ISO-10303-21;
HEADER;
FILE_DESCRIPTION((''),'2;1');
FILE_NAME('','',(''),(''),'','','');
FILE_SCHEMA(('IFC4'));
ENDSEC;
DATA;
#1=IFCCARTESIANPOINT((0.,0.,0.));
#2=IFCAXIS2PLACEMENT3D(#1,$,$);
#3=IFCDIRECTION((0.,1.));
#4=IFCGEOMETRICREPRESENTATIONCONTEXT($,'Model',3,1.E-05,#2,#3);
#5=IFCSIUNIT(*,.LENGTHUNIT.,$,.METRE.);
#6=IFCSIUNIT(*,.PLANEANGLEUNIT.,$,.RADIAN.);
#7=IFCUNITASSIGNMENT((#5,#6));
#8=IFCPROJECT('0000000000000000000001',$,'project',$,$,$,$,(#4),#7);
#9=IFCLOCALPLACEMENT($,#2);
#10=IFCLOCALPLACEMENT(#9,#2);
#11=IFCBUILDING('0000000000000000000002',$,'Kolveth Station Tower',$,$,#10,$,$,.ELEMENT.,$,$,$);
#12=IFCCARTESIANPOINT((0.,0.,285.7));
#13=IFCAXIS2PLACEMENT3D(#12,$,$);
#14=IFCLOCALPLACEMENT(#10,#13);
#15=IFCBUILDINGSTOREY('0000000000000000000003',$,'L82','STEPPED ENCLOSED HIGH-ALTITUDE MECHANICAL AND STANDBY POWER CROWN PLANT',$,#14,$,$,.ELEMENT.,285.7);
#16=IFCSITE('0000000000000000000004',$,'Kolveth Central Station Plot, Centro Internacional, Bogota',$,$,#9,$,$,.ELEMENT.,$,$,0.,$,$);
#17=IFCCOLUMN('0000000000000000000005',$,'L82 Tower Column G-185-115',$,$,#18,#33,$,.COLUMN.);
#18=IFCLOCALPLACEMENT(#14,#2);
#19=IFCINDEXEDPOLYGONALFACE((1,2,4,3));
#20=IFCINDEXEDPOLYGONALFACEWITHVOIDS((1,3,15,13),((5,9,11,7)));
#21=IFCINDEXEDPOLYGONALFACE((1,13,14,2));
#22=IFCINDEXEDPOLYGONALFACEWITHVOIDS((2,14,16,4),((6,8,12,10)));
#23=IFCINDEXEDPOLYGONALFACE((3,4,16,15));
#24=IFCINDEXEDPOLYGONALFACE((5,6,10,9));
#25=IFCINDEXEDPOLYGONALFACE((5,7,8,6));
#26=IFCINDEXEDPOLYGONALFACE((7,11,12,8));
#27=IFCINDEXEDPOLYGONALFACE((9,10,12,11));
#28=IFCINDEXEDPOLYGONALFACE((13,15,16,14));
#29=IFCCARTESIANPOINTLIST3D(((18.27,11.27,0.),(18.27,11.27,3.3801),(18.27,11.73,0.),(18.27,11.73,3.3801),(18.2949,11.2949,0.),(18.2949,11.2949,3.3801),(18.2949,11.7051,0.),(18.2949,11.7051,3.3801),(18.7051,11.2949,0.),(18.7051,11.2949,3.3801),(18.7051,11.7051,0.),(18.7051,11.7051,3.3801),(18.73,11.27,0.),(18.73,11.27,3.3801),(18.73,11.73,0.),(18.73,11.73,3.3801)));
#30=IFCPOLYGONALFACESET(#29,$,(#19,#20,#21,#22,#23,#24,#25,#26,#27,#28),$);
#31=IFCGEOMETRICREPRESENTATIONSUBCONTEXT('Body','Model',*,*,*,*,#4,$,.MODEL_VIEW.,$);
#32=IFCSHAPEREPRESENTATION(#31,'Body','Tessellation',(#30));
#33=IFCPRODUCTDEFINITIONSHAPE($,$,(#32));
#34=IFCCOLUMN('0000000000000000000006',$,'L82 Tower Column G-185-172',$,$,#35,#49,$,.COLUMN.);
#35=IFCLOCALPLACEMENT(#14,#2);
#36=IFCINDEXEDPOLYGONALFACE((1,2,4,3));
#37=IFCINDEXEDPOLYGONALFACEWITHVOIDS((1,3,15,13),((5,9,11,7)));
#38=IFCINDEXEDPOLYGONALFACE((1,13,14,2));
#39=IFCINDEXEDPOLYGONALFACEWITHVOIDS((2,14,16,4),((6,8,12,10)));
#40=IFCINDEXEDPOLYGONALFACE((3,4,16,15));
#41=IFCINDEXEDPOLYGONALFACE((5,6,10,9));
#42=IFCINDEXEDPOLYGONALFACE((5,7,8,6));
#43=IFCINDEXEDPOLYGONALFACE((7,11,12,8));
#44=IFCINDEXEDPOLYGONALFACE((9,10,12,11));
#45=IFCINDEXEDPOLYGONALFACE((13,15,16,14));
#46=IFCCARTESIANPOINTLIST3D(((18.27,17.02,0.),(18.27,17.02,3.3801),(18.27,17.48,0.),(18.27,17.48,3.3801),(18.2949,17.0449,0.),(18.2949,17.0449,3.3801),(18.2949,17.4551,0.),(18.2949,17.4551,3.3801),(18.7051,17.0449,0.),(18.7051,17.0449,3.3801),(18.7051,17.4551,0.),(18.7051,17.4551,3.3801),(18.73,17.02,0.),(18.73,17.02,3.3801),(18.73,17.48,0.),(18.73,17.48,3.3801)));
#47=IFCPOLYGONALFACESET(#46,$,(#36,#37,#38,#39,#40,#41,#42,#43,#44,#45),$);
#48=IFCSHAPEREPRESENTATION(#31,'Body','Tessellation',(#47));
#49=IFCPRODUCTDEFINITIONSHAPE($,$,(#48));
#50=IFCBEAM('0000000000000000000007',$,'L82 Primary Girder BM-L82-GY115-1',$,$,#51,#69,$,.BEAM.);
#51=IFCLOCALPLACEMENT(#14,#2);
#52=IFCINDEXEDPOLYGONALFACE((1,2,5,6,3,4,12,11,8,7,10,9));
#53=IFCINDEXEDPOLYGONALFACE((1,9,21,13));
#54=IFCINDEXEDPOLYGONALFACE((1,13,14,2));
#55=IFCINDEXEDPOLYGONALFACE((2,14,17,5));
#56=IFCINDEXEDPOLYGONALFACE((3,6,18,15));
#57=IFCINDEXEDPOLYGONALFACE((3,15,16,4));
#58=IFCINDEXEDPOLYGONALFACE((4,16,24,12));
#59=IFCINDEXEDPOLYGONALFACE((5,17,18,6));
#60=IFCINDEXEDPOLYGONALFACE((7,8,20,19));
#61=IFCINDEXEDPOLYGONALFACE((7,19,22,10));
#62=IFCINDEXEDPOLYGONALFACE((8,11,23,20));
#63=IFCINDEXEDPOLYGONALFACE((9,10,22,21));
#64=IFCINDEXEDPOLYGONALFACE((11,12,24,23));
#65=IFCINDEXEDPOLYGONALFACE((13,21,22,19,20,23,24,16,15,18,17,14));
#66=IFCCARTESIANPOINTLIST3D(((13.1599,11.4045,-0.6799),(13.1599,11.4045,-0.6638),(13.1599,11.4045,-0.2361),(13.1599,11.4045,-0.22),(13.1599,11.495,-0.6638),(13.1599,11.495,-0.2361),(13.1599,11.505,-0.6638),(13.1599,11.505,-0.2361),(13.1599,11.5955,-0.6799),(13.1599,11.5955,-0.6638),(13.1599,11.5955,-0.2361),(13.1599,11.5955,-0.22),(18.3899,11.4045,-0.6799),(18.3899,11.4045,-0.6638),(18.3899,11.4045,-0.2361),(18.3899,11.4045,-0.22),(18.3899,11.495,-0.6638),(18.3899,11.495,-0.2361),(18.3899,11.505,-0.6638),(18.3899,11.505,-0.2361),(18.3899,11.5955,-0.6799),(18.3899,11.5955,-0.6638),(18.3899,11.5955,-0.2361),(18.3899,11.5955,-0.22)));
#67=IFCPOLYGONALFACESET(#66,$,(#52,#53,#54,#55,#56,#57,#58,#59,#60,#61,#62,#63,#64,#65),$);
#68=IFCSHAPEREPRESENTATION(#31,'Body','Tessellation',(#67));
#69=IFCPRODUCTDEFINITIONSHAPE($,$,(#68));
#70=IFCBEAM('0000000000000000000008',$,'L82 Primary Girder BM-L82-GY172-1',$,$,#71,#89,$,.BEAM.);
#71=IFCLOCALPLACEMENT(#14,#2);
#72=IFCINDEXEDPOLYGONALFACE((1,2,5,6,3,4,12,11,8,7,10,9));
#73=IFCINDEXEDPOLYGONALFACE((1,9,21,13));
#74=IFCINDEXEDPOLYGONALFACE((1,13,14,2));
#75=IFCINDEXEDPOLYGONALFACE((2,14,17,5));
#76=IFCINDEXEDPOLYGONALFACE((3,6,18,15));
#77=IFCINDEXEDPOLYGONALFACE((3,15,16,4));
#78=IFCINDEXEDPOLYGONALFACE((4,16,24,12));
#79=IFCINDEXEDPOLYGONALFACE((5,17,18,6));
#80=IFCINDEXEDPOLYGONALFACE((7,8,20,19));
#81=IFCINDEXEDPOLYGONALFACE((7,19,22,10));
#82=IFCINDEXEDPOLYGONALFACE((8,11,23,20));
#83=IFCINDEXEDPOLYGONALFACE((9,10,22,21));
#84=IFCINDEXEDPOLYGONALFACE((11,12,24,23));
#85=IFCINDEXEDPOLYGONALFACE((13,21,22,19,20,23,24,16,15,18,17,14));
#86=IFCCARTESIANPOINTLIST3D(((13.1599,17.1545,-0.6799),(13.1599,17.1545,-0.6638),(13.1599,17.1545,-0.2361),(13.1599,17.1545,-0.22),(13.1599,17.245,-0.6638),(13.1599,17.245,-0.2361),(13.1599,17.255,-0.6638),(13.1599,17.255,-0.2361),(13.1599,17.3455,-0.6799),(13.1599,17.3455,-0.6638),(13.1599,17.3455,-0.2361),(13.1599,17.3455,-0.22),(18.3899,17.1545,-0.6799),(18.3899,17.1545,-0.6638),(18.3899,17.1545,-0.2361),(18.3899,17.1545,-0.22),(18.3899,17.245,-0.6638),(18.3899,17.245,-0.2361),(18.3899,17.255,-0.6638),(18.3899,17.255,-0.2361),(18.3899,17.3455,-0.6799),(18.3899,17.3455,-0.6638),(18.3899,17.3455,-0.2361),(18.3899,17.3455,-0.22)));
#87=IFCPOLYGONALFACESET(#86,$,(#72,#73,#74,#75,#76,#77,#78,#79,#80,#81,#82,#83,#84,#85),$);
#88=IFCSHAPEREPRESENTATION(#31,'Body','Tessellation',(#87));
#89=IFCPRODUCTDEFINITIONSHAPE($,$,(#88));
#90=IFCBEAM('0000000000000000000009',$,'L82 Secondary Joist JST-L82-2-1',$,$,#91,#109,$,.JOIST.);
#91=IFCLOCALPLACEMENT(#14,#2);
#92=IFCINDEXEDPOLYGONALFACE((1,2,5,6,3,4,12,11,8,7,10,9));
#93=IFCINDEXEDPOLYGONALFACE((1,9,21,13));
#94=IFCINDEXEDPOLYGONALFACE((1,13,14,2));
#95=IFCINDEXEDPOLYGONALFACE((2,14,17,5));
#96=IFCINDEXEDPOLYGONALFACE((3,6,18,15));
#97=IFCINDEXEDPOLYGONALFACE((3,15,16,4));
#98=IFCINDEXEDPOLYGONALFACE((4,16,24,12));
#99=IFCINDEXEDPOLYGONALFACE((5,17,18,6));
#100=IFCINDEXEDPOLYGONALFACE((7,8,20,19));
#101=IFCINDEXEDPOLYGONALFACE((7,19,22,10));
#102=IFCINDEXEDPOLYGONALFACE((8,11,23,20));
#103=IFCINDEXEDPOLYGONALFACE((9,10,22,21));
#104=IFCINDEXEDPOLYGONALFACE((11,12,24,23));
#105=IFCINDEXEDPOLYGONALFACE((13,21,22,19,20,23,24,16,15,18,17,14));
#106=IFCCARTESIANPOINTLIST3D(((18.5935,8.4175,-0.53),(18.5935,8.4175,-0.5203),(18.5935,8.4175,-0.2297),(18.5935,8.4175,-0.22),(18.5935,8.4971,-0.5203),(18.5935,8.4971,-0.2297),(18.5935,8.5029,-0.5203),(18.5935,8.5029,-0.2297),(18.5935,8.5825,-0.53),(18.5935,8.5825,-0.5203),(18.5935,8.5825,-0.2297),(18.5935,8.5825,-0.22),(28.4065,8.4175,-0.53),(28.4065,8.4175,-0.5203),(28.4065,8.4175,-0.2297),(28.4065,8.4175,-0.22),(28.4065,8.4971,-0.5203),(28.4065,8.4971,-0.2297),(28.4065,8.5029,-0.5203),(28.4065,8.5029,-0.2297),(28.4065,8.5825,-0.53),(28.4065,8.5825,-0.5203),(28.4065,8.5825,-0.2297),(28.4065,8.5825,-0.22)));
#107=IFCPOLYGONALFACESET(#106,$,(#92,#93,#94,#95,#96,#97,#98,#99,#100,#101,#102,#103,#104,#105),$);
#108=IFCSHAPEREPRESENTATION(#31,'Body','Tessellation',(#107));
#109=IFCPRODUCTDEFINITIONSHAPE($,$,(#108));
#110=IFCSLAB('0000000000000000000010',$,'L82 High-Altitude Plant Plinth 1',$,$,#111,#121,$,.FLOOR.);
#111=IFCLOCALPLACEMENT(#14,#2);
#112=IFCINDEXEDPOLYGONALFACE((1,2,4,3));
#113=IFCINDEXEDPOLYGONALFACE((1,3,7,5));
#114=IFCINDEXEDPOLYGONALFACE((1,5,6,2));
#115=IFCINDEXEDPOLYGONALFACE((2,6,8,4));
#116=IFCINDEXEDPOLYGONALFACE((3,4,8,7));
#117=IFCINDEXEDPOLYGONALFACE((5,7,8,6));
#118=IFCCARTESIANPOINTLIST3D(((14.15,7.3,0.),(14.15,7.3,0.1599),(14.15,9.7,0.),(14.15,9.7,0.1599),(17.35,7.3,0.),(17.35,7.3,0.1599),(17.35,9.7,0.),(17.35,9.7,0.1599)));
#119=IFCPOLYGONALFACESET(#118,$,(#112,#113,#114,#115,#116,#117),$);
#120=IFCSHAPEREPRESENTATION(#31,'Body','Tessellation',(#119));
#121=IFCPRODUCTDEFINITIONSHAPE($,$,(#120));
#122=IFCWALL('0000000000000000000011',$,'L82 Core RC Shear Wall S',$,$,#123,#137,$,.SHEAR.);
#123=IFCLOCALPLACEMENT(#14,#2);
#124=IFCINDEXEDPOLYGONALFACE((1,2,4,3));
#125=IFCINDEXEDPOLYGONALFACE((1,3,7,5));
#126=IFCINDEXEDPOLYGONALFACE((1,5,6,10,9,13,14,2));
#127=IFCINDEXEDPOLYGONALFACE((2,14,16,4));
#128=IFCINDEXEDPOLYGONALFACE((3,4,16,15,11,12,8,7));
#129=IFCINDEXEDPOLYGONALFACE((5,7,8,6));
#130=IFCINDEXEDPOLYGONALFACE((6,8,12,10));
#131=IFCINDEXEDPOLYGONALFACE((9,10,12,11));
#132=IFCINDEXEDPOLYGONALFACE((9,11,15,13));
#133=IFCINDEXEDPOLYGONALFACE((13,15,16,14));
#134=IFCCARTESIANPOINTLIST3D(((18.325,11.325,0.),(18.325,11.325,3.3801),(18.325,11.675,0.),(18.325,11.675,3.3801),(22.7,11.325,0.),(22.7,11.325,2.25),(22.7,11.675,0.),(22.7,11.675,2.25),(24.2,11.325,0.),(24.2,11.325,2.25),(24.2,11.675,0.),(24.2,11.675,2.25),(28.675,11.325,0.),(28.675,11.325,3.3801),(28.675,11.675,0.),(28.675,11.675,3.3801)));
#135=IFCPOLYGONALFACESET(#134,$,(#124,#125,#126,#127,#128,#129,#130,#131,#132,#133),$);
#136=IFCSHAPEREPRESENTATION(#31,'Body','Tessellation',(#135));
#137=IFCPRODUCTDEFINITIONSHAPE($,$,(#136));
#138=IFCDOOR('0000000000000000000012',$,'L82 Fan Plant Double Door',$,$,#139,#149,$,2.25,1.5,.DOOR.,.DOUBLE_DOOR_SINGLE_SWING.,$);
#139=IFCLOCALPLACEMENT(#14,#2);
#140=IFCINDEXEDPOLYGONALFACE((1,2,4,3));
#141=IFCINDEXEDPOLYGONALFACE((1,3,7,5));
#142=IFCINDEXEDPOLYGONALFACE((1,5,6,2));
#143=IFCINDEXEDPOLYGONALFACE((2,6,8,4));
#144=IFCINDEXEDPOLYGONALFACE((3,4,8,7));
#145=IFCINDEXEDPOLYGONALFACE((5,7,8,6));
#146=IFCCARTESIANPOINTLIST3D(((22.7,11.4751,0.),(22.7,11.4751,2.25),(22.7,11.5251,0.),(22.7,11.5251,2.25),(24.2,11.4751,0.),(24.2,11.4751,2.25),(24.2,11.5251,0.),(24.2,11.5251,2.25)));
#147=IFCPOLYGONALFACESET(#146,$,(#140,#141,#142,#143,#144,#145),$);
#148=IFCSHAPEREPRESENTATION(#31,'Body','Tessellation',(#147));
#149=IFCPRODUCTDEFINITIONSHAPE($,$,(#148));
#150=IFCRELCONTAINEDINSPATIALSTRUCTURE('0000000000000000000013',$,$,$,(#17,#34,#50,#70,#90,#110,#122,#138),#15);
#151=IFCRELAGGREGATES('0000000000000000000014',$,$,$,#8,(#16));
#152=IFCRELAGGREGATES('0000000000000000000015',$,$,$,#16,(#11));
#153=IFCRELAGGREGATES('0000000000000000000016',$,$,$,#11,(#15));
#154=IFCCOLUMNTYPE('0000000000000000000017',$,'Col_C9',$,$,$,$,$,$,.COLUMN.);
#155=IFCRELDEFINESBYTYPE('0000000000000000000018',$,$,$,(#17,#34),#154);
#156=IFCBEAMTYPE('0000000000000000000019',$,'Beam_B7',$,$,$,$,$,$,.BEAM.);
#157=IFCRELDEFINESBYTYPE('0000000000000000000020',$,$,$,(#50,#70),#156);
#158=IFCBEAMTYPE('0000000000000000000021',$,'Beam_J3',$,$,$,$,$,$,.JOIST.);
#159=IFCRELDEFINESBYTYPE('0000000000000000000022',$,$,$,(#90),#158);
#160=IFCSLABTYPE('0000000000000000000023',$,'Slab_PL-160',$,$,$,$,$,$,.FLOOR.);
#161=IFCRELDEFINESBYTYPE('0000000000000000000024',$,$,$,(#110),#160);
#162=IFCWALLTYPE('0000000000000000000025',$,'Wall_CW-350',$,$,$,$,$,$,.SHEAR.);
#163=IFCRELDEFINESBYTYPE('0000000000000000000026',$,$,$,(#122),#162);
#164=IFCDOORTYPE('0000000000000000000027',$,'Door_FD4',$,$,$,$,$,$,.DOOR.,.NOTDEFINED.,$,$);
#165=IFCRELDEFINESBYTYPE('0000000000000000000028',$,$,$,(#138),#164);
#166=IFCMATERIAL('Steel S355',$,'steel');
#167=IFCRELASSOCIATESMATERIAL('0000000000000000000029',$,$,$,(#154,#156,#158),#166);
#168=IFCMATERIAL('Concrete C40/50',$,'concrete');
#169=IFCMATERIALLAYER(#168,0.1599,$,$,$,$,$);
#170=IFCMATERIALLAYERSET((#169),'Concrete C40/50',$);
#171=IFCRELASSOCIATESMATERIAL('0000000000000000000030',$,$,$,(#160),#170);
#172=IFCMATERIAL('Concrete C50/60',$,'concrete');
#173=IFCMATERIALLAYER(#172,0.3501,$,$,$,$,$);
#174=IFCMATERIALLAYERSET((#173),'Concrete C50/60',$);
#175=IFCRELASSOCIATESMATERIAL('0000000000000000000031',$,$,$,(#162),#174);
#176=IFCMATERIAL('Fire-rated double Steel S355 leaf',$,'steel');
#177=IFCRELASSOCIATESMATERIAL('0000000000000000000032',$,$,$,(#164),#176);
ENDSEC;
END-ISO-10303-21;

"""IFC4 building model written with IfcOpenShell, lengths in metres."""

from ifc_helpers import new_model, si_unit, direction, frame, frame_2d, origin, origin_2d, place, context, subcontext, project, spatial, rectangle, hollow_rectangle, i_section, extrude, source, transform, mapped, material, layer, layer_set, material_profile, profile_set, type_object, element, fill, save


model = new_model("IFC4")

# Units and contexts
model_context = context("Model", 3, precision=1e-05, world=origin(), true_north=direction((0.0, 1.0)))
body_context = subcontext(model_context, "Body", "Model", "MODEL_VIEW")
ifc_project = project(units=[si_unit("LENGTHUNIT", "METRE"), si_unit("PLANEANGLEUNIT", "RADIAN")], contexts=[model_context])

# Site, building, storey
site_placement = place(None, origin())
site = spatial("IfcSite", under=ifc_project, at=site_placement, Name="Kolveth Central Station Plot, Centro Internacional, Bogota", CompositionType="ELEMENT", RefElevation=0.0)
building_placement = place(site_placement, origin())
building = spatial("IfcBuilding", under=site, at=building_placement, Name="Kolveth Station Tower", CompositionType="ELEMENT")
storey_placement = place(building_placement, frame((0.0, 0.0, 285.7)))
storey = spatial("IfcBuildingStorey", under=building, at=storey_placement, Name="L82", Description="STEPPED ENCLOSED HIGH-ALTITUDE MECHANICAL AND STANDBY POWER CROWN PLANT", CompositionType="ELEMENT", Elevation=285.7)

# Columns
ifc_material_1 = material(Name="Steel S355", Category="steel")
ifc_material_profile_1 = material_profile(ifc_material_1, hollow_rectangle(XDim=0.46, YDim=0.46, WallThickness=0.0249, at=origin_2d()), Name="BOX460x460x25")
ifc_profile_set_1 = profile_set([ifc_material_profile_1], Name="Steel S355")
column_type = type_object("IfcColumnType", Name="Col_C9", PredefinedType="COLUMN", material=ifc_profile_set_1)
shared_shape_1 = source(origin(), body_context, "Body", "SweptSolid", [
    extrude(hollow_rectangle(XDim=0.46, YDim=0.46, WallThickness=0.0249, at=origin_2d()), origin(), (0.0, 0.0, 1.0), 3.3801),
])
for number, where, z_axis, x_axis, name in (
    (1, (18.5, 11.5, 0.0), (0.0, 0.0, 1.0), (1.0, 0.0, 0.0), "L82 Tower Column G-185-115"),
    (2, (18.5, 17.25, 0.0), (0.0, 0.0, 1.0), (1.0, 0.0, 0.0), "L82 Tower Column G-185-172"),
):
    element("IfcColumn", number, at=place(storey_placement, frame(where, z_axis=z_axis, x_axis=x_axis)), inside=storey, type_object=column_type, Name=name, PredefinedType="COLUMN", context=body_context, shape_type="MappedRepresentation", body=[
        mapped(shared_shape_1, transform((0.0, 0.0, 0.0), x_axis=(1.0, 0.0, 0.0), y_axis=(0.0, 1.0, 0.0), z_axis=(0.0, 0.0, 1.0), scale=1.0)),
    ])

# Beams
ifc_material_profile_2 = material_profile(ifc_material_1, i_section(OverallWidth=0.1909, OverallDepth=0.46, WebThickness=0.01, FlangeThickness=0.0161, at=origin_2d()), Name="W460x82")
ifc_profile_set_2 = profile_set([ifc_material_profile_2], Name="Steel S355")
beam_type_1 = type_object("IfcBeamType", Name="Beam_B7", PredefinedType="BEAM", material=ifc_profile_set_2)
shared_shape_2 = source(origin(), body_context, "Body", "SweptSolid", [
    extrude(i_section(OverallWidth=0.1909, OverallDepth=0.46, WebThickness=0.01, FlangeThickness=0.0161, at=origin_2d()), origin(), (0.0, 0.0, 1.0), 5.23),
])
for number, where, z_axis, x_axis, name in (
    (3, (13.1599, 11.5, -0.45), (1.0, 0.0, 0.0), (0.0, 1.0, 0.0), "L82 Primary Girder BM-L82-GY115-1"),
    (4, (13.1599, 17.25, -0.45), (1.0, 0.0, 0.0), (0.0, 1.0, 0.0), "L82 Primary Girder BM-L82-GY172-1"),
):
    element("IfcBeam", number, at=place(storey_placement, frame(where, z_axis=z_axis, x_axis=x_axis)), inside=storey, type_object=beam_type_1, Name=name, PredefinedType="BEAM", context=body_context, shape_type="MappedRepresentation", body=[
        mapped(shared_shape_2, transform((0.0, 0.0, 0.0), x_axis=(1.0, 0.0, 0.0), y_axis=(0.0, 1.0, 0.0), z_axis=(0.0, 0.0, 1.0), scale=1.0)),
    ])
ifc_material_profile_3 = material_profile(ifc_material_1, i_section(OverallWidth=0.165, OverallDepth=0.3101, WebThickness=0.0059, FlangeThickness=0.0098, at=origin_2d()), Name="W310x39")
ifc_profile_set_3 = profile_set([ifc_material_profile_3], Name="Steel S355")
beam_type_2 = type_object("IfcBeamType", Name="Beam_J3", PredefinedType="JOIST", material=ifc_profile_set_3)
shared_shape_3 = source(origin(), body_context, "Body", "SweptSolid", [
    extrude(i_section(OverallWidth=0.165, OverallDepth=0.3101, WebThickness=0.0059, FlangeThickness=0.0098, at=origin_2d()), origin(), (0.0, 0.0, 1.0), 9.813),
])
beam_placement = place(storey_placement, frame((18.5935, 8.5, -0.375), z_axis=(1.0, 0.0, 0.0), x_axis=(0.0, 1.0, 0.0)))
element("IfcBeam", 5, at=beam_placement, inside=storey, type_object=beam_type_2, Name="L82 Secondary Joist JST-L82-2-1", PredefinedType="JOIST", context=body_context, shape_type="MappedRepresentation", body=[
    mapped(shared_shape_3, transform((0.0, 0.0, 0.0), x_axis=(1.0, 0.0, 0.0), y_axis=(0.0, 1.0, 0.0), z_axis=(0.0, 0.0, 1.0), scale=1.0)),
])

# Slab
ifc_material_2 = material(Name="Concrete C40/50", Category="concrete")
ifc_layer_1 = layer(ifc_material_2, 0.1599)
ifc_layer_set_1 = layer_set([ifc_layer_1], Name="Concrete C40/50")
slab_type = type_object("IfcSlabType", Name="Slab_PL-160", PredefinedType="FLOOR", material=ifc_layer_set_1)
shared_shape_4 = source(origin(), body_context, "Body", "SweptSolid", [
    extrude(rectangle(XDim=3.2, YDim=2.3999, at=origin_2d()), origin(), (0.0, 0.0, 1.0), 0.1599),
])
slab_placement = place(storey_placement, frame((15.75, 8.5, 0.0), z_axis=(0.0, 0.0, 1.0), x_axis=(1.0, 0.0, 0.0)))
element("IfcSlab", 6, at=slab_placement, inside=storey, type_object=slab_type, Name="L82 High-Altitude Plant Plinth 1", PredefinedType="FLOOR", context=body_context, shape_type="MappedRepresentation", body=[
    mapped(shared_shape_4, transform((0.0, 0.0, 0.0), x_axis=(1.0, 0.0, 0.0), y_axis=(0.0, 1.0, 0.0), z_axis=(0.0, 0.0, 1.0), scale=1.0)),
])

# Wall, opening, door
ifc_material_3 = material(Name="Concrete C50/60", Category="concrete")
ifc_layer_2 = layer(ifc_material_3, 0.3501)
ifc_layer_set_2 = layer_set([ifc_layer_2], Name="Concrete C50/60")
wall_type_1 = type_object("IfcWallType", Name="Wall_CW-350", PredefinedType="SHEAR", material=ifc_layer_set_2)
wall_1_placement = place(storey_placement, frame((18.325, 11.5, 0.0), z_axis=(0.0, 0.0, 1.0), x_axis=(1.0, 0.0, 0.0)))
wall_1 = element("IfcWall", 7, at=wall_1_placement, inside=storey, type_object=wall_type_1, Name="L82 Core RC Shear Wall S", PredefinedType="SHEAR", context=body_context, shape_type="SweptSolid", body=[
    extrude(rectangle(XDim=10.3501, YDim=0.3501, at=frame_2d((5.175, 0.0))), origin(), (0.0, 0.0, 1.0), 3.3801),
])
opening_1_placement = place(wall_1_placement, frame((4.375, 0.0, 0.0)))
opening_1 = element("IfcOpeningElement", 8, at=opening_1_placement, cuts=wall_1, PredefinedType="OPENING", context=body_context, shape_type="SweptSolid", body=[
    extrude(rectangle(XDim=1.5, YDim=2.25, at=frame_2d((0.75, 1.125))), frame((0.0, 0.1851, 0.0), z_axis=(0.0, -1.0, 0.0), x_axis=(1.0, 0.0, 0.0)), (0.0, 0.0, 1.0), 0.3701),
])
ifc_material_4 = material(Name="Fire-rated double Steel S355 leaf", Category="steel")
door_type_1 = type_object("IfcDoorType", Name="Door_FD4", OperationType="NOTDEFINED", PredefinedType="DOOR", material=ifc_material_4)
door_1_placement = place(opening_1_placement, frame((1.5, 0.0, 0.0), z_axis=(0.0, 0.0, 1.0), x_axis=(-1.0, 0.0, 0.0)))
door_1 = element("IfcDoor", 9, at=door_1_placement, inside=storey, type_object=door_type_1, Name="L82 Fan Plant Double Door", OperationType="DOUBLE_DOOR_SINGLE_SWING", OverallHeight=2.25, OverallWidth=1.5, PredefinedType="DOOR", context=body_context, shape_type="SweptSolid", body=[
    extrude(rectangle(XDim=1.5, YDim=2.25, at=frame_2d((0.75, 1.125))), frame((0.0, 0.0249, 0.0), z_axis=(0.0, -1.0, 0.0), x_axis=(1.0, 0.0, 0.0)), (0.0, 0.0, 1.0), 0.05),
])
fill(opening_1, door_1)

save(model, "model.ifc")
